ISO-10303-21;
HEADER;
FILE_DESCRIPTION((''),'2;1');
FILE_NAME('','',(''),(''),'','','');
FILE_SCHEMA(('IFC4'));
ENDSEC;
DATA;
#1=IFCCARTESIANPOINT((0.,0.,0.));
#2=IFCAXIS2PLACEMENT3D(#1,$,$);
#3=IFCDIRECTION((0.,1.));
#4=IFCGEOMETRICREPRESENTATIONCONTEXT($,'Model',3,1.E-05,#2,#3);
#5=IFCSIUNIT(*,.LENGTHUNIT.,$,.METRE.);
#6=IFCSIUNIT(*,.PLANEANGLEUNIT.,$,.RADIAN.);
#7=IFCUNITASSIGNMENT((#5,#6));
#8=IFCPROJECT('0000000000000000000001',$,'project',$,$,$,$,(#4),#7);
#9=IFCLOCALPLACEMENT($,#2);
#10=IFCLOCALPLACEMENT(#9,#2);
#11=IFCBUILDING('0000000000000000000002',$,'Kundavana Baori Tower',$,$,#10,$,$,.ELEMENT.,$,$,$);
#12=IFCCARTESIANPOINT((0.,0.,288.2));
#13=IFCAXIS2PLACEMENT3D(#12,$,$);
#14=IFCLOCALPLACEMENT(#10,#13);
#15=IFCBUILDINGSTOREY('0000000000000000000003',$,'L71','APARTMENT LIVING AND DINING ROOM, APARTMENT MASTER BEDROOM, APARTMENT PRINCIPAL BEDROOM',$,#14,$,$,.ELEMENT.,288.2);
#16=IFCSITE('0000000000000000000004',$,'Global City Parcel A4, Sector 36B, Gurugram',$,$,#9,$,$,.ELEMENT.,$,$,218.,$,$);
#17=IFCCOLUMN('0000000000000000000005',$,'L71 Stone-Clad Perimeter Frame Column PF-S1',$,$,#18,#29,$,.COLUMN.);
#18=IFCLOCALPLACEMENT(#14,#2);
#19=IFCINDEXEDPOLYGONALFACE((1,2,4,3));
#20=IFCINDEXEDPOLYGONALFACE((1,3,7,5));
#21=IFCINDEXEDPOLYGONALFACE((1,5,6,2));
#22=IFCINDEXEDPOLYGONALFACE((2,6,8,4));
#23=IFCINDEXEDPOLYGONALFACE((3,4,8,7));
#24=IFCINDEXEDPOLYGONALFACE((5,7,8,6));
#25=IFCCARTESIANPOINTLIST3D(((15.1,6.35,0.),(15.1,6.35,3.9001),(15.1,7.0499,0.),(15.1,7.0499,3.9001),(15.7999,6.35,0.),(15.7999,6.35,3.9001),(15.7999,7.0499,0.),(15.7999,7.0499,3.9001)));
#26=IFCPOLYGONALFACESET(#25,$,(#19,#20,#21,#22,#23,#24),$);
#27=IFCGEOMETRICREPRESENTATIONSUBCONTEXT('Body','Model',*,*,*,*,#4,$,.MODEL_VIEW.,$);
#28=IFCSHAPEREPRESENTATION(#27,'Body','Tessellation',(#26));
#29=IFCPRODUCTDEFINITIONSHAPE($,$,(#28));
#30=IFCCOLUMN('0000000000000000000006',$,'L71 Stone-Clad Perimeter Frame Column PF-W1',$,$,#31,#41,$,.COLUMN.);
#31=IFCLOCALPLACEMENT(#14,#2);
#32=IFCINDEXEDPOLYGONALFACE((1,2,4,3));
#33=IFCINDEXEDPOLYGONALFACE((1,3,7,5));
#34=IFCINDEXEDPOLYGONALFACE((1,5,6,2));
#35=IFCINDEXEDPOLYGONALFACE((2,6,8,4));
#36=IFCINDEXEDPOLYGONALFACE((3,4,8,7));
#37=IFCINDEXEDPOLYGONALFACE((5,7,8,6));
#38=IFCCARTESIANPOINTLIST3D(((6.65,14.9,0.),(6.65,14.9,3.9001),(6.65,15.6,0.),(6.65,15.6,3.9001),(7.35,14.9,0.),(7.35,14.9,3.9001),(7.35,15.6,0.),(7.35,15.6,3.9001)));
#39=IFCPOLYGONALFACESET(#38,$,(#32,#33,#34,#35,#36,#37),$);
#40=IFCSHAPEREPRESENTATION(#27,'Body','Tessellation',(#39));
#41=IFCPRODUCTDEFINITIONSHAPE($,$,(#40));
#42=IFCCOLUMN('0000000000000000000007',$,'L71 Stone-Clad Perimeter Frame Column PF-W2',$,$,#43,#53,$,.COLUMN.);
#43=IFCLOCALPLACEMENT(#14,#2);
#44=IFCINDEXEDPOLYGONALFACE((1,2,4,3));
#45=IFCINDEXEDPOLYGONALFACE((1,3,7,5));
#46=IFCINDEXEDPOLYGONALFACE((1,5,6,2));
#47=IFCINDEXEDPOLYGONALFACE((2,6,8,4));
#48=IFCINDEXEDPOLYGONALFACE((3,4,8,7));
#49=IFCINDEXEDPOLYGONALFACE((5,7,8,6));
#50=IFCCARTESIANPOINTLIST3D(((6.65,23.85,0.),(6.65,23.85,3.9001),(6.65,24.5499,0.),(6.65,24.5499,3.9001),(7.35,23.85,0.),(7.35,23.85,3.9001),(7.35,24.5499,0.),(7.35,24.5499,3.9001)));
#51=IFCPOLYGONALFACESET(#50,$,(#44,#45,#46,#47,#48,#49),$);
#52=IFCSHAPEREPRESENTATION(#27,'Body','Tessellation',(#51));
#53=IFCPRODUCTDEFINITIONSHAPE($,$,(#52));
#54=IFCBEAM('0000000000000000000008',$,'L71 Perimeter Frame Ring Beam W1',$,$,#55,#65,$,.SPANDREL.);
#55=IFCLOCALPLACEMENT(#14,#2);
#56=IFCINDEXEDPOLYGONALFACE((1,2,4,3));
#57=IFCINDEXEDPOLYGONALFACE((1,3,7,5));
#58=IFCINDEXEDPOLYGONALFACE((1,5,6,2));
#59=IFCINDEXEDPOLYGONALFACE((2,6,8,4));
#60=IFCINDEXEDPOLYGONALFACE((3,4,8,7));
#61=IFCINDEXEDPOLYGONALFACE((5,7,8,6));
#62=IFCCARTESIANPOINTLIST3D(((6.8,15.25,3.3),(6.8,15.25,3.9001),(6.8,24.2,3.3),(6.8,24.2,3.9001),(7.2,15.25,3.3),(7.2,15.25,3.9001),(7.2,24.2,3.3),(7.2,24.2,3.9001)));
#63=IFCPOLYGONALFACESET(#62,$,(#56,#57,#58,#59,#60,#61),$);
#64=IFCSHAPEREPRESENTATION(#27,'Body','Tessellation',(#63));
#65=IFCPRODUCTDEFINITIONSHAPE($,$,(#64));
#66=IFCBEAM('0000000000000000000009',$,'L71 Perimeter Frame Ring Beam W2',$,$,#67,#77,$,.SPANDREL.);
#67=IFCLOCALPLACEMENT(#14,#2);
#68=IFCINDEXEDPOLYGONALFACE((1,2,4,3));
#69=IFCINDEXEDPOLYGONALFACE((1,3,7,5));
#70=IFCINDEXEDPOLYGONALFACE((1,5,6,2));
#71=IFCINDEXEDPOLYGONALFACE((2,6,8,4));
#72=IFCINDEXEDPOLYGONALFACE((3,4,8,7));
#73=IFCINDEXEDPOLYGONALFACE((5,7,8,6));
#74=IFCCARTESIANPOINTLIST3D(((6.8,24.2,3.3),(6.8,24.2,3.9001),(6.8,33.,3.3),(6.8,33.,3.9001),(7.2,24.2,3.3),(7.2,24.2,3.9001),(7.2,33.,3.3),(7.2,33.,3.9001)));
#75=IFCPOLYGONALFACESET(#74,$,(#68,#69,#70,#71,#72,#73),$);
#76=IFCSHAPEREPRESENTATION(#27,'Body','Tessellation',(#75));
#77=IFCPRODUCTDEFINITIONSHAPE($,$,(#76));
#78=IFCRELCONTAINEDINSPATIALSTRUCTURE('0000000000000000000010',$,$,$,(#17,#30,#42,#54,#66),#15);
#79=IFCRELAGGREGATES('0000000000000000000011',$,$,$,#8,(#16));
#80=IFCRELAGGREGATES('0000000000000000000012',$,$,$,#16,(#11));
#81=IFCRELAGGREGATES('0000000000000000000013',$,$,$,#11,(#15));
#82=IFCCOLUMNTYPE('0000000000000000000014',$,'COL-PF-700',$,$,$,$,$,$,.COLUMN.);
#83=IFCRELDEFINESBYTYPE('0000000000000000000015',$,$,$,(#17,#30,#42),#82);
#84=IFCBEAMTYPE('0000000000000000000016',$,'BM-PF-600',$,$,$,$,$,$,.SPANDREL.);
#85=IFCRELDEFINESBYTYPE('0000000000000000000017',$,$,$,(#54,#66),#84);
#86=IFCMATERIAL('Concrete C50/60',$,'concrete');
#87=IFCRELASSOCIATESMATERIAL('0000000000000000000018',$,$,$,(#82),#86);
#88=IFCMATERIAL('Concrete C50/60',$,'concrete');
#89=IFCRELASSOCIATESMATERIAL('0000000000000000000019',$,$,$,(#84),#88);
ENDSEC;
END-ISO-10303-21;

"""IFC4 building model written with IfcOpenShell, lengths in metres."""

from ifc_helpers import new_model, si_unit, direction, frame, origin, origin_2d, place, context, subcontext, project, spatial, rectangle, extrude, material, material_profile, profile_set, type_object, element, save


model = new_model("IFC4")

# Units and contexts
model_context = context("Model", 3, precision=1e-05, world=origin(), true_north=direction((0.0, 1.0)))
body_context = subcontext(model_context, "Body", "Model", "MODEL_VIEW")
ifc_project = project(units=[si_unit("LENGTHUNIT", "METRE"), si_unit("PLANEANGLEUNIT", "RADIAN")], contexts=[model_context])

# Site, building, storey
site_placement = place(None, origin())
site = spatial("IfcSite", under=ifc_project, at=site_placement, Name="Global City Parcel A4, Sector 36B, Gurugram", CompositionType="ELEMENT", RefElevation=218.0)
building_placement = place(site_placement, origin())
building = spatial("IfcBuilding", under=site, at=building_placement, Name="Kundavana Baori Tower", CompositionType="ELEMENT")
storey_placement = place(building_placement, frame((0.0, 0.0, 288.2)))
storey = spatial("IfcBuildingStorey", under=building, at=storey_placement, Name="L71", Description="APARTMENT LIVING AND DINING ROOM, APARTMENT MASTER BEDROOM, APARTMENT PRINCIPAL BEDROOM", CompositionType="ELEMENT", Elevation=288.2)

# Columns
ifc_material_1 = material(Name="Concrete C50/60", Category="concrete")
ifc_material_profile_1 = material_profile(ifc_material_1, rectangle(XDim=0.7, YDim=0.7, at=origin_2d()), Name="RC PF 700x700")
ifc_profile_set_1 = profile_set([ifc_material_profile_1], Name="Concrete C50/60")
column_type = type_object("IfcColumnType", Name="COL-PF-700", PredefinedType="COLUMN", material=ifc_profile_set_1)
for number, where, z_axis, x_axis, name in (
    (1, (15.45, 6.7, 0.0), (0.0, 0.0, 1.0), (1.0, 0.0, 0.0), "L71 Stone-Clad Perimeter Frame Column PF-S1"),
    (2, (7.0, 15.25, 0.0), (0.0, 0.0, 1.0), (1.0, 0.0, 0.0), "L71 Stone-Clad Perimeter Frame Column PF-W1"),
    (3, (7.0, 24.2, 0.0), (0.0, 0.0, 1.0), (1.0, 0.0, 0.0), "L71 Stone-Clad Perimeter Frame Column PF-W2"),
):
    element("IfcColumn", number, at=place(storey_placement, frame(where, z_axis=z_axis, x_axis=x_axis)), inside=storey, type_object=column_type, Name=name, PredefinedType="COLUMN", context=body_context, shape_type="SweptSolid", body=[
        extrude(rectangle(XDim=0.7, YDim=0.7, at=origin_2d()), origin(), (0.0, 0.0, 1.0), 3.9001),
    ])

# Beams
ifc_material_2 = material(Name="Concrete C50/60", Category="concrete")
ifc_material_profile_2 = material_profile(ifc_material_2, rectangle(XDim=0.3999, YDim=0.6001, at=origin_2d()), Name="RC BM 400x600")
ifc_profile_set_2 = profile_set([ifc_material_profile_2], Name="Concrete C50/60")
beam_type = type_object("IfcBeamType", Name="BM-PF-600", PredefinedType="SPANDREL", material=ifc_profile_set_2)
beam_1_placement = place(storey_placement, frame((7.0, 15.25, 3.6001), z_axis=(0.0, 1.0, 0.0), x_axis=(-1.0, 0.0, 0.0)))
element("IfcBeam", 4, at=beam_1_placement, inside=storey, type_object=beam_type, Name="L71 Perimeter Frame Ring Beam W1", PredefinedType="SPANDREL", context=body_context, shape_type="SweptSolid", body=[
    extrude(rectangle(XDim=0.3999, YDim=0.6001, at=origin_2d()), origin(), (0.0, 0.0, 1.0), 8.95),
])
beam_2_placement = place(storey_placement, frame((7.0, 24.2, 3.6001), z_axis=(0.0, 1.0, 0.0), x_axis=(-1.0, 0.0, 0.0)))
element("IfcBeam", 5, at=beam_2_placement, inside=storey, type_object=beam_type, Name="L71 Perimeter Frame Ring Beam W2", PredefinedType="SPANDREL", context=body_context, shape_type="SweptSolid", body=[
    extrude(rectangle(XDim=0.3999, YDim=0.6001, at=origin_2d()), origin(), (0.0, 0.0, 1.0), 8.8),
])

save(model, "model.ifc")
